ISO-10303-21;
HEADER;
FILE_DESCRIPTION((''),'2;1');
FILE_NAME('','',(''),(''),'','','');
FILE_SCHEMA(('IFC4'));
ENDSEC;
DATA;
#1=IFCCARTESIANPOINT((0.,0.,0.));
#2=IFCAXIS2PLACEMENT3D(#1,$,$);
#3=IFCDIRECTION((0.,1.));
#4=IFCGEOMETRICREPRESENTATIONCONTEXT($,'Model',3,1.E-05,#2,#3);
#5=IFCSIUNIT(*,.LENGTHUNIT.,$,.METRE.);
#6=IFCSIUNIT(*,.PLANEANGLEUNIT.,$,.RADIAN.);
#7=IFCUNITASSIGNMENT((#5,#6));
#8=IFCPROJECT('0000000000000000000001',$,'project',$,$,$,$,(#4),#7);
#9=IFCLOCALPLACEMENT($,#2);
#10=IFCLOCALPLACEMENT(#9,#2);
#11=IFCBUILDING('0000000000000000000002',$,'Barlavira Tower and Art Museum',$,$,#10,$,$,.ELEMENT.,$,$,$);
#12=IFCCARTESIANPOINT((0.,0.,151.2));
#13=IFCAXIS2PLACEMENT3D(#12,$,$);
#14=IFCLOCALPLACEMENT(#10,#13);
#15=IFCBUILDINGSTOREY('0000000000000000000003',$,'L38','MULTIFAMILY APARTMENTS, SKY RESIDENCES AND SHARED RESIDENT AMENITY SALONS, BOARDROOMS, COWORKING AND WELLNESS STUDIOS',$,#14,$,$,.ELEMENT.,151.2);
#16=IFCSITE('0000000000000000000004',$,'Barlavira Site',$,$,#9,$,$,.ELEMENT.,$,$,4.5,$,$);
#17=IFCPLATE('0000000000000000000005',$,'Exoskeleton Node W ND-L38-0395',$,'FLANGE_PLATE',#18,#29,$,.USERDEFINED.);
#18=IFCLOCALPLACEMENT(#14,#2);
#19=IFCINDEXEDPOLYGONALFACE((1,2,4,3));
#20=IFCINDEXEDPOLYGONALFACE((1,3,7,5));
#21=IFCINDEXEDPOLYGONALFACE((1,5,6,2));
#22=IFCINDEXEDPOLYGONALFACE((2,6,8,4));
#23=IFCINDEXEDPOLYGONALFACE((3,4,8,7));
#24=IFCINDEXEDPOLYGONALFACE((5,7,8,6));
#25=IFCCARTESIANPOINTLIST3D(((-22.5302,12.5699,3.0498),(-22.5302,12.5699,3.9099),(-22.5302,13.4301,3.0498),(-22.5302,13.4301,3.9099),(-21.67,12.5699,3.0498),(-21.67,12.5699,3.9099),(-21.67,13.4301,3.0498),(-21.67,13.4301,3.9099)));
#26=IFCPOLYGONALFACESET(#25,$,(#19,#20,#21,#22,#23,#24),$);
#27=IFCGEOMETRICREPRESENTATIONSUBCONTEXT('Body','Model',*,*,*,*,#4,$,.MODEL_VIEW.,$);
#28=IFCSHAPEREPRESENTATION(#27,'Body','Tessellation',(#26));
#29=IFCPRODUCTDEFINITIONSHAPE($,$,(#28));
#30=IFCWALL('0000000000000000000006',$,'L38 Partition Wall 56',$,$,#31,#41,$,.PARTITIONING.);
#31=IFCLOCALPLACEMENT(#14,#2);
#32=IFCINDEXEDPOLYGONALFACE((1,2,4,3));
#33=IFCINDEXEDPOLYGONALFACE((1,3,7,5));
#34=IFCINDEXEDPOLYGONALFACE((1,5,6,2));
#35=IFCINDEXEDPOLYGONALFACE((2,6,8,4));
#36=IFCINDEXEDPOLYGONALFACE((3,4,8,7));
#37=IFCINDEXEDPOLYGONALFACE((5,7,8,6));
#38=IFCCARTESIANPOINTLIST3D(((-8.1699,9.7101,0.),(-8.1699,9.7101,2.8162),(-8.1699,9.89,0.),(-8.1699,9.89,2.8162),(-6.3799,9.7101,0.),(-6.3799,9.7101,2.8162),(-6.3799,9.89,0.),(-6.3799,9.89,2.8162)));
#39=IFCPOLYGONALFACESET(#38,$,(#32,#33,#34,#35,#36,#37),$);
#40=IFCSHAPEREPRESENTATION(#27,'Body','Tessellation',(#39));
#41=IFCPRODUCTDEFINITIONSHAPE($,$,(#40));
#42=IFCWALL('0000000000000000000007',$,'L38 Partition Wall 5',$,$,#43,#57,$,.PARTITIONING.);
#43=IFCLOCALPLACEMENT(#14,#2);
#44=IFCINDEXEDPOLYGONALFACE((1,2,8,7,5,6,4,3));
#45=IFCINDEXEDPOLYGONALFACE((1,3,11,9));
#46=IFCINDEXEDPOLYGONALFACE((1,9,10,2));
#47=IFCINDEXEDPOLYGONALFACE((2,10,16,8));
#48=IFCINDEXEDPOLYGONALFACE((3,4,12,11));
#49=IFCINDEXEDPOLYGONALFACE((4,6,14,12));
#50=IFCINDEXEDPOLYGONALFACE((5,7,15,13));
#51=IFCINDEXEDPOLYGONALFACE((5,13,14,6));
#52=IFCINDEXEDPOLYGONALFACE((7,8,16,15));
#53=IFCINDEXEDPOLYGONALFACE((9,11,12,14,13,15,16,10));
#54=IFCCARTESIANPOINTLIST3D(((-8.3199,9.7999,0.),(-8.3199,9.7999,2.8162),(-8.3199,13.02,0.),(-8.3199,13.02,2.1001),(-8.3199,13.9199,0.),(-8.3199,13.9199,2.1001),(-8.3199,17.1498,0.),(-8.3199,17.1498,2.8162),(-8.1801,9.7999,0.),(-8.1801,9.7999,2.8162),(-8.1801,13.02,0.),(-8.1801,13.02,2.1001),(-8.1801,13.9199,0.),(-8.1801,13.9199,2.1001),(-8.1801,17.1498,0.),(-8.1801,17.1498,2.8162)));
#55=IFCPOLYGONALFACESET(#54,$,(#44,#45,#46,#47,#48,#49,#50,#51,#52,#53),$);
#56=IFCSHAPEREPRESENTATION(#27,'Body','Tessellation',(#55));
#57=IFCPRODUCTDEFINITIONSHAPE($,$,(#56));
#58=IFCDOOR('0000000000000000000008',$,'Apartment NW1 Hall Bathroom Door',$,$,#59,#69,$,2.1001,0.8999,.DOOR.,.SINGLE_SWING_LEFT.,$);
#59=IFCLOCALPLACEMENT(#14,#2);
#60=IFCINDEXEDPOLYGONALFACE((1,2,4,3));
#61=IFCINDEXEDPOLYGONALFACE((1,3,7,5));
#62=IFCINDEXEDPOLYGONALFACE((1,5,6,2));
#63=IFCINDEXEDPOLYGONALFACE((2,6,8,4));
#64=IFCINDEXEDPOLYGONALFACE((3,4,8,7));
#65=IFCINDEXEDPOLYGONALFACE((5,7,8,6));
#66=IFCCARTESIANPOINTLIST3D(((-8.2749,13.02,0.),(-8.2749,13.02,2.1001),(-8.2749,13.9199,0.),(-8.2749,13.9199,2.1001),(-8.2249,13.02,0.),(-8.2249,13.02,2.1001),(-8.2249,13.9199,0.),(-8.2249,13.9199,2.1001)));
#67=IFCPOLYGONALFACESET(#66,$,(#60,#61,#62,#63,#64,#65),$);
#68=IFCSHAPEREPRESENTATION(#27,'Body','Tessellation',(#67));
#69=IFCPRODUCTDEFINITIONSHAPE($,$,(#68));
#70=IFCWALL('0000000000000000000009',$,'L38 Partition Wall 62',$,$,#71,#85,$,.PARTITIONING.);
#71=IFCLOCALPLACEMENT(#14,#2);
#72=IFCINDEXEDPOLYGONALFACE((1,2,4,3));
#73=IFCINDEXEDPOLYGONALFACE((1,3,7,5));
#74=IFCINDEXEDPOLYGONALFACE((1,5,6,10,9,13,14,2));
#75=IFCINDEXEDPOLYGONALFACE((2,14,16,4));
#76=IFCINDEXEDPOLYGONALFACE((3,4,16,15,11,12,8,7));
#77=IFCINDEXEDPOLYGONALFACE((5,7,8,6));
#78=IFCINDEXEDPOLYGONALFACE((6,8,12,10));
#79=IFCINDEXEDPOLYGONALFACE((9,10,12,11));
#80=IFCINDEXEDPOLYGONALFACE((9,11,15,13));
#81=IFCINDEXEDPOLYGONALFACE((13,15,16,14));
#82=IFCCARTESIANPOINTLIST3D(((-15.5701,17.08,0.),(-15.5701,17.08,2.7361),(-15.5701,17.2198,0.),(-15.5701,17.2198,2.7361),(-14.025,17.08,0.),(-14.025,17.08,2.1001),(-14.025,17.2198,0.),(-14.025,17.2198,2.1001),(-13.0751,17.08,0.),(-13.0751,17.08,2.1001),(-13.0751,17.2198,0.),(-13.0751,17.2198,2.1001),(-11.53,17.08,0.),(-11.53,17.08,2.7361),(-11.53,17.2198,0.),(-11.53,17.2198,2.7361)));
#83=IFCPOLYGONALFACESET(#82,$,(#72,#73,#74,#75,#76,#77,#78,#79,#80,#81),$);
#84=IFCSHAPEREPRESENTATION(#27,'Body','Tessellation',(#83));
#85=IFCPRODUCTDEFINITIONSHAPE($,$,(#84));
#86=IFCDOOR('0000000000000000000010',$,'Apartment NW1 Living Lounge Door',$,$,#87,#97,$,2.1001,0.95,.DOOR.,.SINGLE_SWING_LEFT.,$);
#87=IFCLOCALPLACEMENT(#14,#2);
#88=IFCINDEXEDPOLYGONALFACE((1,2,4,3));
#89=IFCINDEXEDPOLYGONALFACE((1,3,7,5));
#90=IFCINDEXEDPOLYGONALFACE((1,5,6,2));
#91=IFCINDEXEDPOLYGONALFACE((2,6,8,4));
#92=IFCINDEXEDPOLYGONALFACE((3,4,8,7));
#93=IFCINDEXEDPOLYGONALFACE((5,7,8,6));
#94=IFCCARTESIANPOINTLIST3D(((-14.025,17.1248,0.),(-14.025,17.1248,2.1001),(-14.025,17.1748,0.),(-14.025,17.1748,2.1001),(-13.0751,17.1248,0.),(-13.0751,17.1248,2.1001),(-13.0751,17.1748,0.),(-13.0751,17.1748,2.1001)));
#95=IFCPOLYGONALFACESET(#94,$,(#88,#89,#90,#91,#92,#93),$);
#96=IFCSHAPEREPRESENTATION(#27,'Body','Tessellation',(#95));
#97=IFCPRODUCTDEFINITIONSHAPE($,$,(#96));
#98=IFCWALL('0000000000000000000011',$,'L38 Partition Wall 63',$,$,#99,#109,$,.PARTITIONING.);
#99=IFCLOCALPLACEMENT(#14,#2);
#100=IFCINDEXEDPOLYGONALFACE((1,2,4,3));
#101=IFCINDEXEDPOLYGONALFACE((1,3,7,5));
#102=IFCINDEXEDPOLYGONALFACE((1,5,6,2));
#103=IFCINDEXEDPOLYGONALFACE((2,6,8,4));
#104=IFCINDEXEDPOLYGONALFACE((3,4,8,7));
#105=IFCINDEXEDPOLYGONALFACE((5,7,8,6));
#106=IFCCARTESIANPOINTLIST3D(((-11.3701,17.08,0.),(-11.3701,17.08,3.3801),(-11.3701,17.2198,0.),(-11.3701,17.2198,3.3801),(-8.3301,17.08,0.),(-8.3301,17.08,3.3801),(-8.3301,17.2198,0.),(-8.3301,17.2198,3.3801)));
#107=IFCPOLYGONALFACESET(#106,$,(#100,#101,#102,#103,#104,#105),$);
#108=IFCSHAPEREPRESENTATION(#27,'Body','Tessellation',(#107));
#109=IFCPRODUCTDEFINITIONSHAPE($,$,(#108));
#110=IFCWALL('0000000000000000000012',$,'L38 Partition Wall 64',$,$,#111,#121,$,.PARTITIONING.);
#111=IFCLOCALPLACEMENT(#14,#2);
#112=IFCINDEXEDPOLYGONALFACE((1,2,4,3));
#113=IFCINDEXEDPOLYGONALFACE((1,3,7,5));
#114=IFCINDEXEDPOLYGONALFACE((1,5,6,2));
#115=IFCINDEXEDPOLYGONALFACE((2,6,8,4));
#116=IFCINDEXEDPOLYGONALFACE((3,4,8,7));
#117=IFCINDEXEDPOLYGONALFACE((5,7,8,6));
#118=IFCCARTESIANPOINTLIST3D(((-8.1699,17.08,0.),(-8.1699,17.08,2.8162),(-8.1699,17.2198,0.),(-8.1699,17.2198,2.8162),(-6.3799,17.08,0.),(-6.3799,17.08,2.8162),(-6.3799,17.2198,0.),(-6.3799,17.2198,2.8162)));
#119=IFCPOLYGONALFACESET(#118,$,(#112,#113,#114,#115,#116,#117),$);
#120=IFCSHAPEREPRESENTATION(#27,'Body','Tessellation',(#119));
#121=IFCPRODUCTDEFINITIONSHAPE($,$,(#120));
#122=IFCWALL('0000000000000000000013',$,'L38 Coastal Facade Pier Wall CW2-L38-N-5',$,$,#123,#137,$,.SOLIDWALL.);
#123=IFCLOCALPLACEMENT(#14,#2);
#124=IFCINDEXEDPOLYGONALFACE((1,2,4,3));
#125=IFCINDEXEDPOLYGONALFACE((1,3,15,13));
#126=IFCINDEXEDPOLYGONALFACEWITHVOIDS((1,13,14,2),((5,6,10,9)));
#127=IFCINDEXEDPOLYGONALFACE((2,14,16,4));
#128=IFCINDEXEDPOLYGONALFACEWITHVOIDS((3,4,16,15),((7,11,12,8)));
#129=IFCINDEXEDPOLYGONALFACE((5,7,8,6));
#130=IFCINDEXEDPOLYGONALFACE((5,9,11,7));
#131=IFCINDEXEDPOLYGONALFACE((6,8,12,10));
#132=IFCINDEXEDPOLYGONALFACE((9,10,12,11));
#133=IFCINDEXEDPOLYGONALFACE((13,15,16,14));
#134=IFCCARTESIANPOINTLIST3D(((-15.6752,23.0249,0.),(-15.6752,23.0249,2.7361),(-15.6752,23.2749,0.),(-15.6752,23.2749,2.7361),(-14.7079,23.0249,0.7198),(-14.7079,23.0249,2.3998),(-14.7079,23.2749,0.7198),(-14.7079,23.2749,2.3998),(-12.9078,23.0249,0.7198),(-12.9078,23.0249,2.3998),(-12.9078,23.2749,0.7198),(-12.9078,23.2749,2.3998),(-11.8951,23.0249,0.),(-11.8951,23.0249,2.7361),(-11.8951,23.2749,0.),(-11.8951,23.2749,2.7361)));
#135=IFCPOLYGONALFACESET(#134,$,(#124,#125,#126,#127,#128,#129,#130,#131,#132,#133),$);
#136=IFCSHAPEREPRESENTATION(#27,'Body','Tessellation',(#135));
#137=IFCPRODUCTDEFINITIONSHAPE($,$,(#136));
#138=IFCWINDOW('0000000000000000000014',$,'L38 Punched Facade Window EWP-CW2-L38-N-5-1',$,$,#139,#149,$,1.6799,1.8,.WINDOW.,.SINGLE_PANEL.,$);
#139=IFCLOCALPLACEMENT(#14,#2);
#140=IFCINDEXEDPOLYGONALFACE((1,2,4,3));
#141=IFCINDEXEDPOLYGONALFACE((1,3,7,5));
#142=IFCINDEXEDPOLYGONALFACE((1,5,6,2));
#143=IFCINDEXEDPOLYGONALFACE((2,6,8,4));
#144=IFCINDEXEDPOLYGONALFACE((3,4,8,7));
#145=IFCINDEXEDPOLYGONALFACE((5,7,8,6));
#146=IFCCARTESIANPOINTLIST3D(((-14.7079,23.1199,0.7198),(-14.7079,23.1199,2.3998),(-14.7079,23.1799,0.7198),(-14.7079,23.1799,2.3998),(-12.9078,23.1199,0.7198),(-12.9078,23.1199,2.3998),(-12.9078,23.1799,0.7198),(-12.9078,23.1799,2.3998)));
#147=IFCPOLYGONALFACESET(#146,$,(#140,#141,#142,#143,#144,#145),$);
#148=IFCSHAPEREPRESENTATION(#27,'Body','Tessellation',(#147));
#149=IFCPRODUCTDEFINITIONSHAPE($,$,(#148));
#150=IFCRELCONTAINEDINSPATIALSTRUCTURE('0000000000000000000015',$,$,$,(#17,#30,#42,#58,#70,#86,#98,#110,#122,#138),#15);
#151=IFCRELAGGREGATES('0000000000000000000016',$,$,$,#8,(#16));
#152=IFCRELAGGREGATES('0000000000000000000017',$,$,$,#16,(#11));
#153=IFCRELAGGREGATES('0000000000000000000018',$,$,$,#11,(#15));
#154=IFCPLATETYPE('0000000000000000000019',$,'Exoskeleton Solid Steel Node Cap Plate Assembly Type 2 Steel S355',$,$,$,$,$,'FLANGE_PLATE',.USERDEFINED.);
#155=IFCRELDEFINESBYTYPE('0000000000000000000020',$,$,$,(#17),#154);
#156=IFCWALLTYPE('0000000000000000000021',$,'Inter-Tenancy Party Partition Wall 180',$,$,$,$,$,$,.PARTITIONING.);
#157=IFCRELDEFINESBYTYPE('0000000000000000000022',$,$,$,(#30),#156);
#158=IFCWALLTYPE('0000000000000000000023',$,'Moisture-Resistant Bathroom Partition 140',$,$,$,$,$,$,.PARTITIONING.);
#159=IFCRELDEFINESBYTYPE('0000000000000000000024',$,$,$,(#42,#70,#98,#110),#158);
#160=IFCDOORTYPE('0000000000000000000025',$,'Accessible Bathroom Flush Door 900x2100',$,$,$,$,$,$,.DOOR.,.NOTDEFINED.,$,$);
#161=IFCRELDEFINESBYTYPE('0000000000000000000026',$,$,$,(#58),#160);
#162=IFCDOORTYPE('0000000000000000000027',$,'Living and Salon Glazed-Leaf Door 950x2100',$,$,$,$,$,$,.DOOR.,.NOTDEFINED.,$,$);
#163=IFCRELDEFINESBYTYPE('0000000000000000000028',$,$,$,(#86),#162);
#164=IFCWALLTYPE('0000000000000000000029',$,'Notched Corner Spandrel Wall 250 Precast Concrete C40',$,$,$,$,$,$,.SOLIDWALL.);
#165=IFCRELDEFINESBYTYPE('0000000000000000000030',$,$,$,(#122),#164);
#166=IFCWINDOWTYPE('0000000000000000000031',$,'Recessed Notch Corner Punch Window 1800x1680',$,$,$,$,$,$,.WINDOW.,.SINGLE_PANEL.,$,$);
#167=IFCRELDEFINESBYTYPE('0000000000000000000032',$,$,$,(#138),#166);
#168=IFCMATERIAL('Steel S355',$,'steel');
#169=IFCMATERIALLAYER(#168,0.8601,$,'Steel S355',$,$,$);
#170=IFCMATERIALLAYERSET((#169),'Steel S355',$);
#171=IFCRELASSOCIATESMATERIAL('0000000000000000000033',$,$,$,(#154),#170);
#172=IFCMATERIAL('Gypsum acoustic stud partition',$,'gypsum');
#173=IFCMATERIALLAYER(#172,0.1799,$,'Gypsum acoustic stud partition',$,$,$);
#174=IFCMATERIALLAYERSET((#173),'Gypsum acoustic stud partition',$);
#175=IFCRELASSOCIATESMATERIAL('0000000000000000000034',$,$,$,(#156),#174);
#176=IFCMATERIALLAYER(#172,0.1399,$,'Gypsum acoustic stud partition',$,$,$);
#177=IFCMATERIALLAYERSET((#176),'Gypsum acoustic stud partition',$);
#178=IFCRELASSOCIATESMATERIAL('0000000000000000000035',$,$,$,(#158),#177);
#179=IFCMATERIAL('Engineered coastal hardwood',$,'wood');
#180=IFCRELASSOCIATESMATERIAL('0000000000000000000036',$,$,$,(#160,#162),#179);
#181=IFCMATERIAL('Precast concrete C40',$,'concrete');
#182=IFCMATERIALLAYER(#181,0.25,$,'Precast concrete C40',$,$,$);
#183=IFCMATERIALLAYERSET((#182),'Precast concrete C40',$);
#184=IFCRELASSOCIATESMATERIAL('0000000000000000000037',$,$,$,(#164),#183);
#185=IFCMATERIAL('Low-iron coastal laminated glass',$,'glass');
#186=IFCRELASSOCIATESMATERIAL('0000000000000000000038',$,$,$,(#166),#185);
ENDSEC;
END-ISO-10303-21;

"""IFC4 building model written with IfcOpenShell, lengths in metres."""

from ifc_helpers import new_model, si_unit, direction, frame, frame_2d, origin, origin_2d, place, context, subcontext, project, spatial, rectangle, extrude, material, layer, layer_set, type_object, element, fill, save


model = new_model("IFC4")

# Units and contexts
model_context = context("Model", 3, precision=1e-05, world=origin(), true_north=direction((0.0, 1.0)))
body_context = subcontext(model_context, "Body", "Model", "MODEL_VIEW")
ifc_project = project(units=[si_unit("LENGTHUNIT", "METRE"), si_unit("PLANEANGLEUNIT", "RADIAN")], contexts=[model_context])

# Site, building, storey
site_placement = place(None, origin())
site = spatial("IfcSite", under=ifc_project, at=site_placement, Name="Barlavira Site", CompositionType="ELEMENT", RefElevation=4.5)
building_placement = place(site_placement, origin())
building = spatial("IfcBuilding", under=site, at=building_placement, Name="Barlavira Tower and Art Museum", CompositionType="ELEMENT")
storey_placement = place(building_placement, frame((0.0, 0.0, 151.2)))
storey = spatial("IfcBuildingStorey", under=building, at=storey_placement, Name="L38", Description="MULTIFAMILY APARTMENTS, SKY RESIDENCES AND SHARED RESIDENT AMENITY SALONS, BOARDROOMS, COWORKING AND WELLNESS STUDIOS", CompositionType="ELEMENT", Elevation=151.2)

# Shared definitions
ifc_material_1 = material(Name="Steel S355", Category="steel")

# Plate
ifc_layer_1 = layer(ifc_material_1, 0.8601, Name="Steel S355")
ifc_layer_set_1 = layer_set([ifc_layer_1], Name="Steel S355")
plate_type = type_object("IfcPlateType", Name="Exoskeleton Solid Steel Node Cap Plate Assembly Type 2 Steel S355", ElementType="FLANGE_PLATE", PredefinedType="USERDEFINED", material=ifc_layer_set_1)
for number, where, z_axis, x_axis, name in (
    (1, (-22.1001, 13.0, 3.0498), (0.0, 0.0, 1.0), (1.0, 0.0, 0.0), "Exoskeleton Node W ND-L38-0395"),
):
    element("IfcPlate", number, at=place(storey_placement, frame(where, z_axis=z_axis, x_axis=x_axis)), inside=storey, type_object=plate_type, Name=name, ObjectType="FLANGE_PLATE", PredefinedType="USERDEFINED", context=body_context, shape_type="SweptSolid", body=[
        extrude(rectangle(XDim=0.8601, YDim=0.8601, at=origin_2d()), origin(), (0.0, 0.0, 1.0), 0.8601),
    ])

# Wall
ifc_material_2 = material(Name="Gypsum acoustic stud partition", Category="gypsum")
ifc_layer_2 = layer(ifc_material_2, 0.1799, Name="Gypsum acoustic stud partition")
ifc_layer_set_2 = layer_set([ifc_layer_2], Name="Gypsum acoustic stud partition")
wall_type_1 = type_object("IfcWallType", Name="Inter-Tenancy Party Partition Wall 180", PredefinedType="PARTITIONING", material=ifc_layer_set_2)
wall_1_placement = place(storey_placement, frame((-8.1699, 9.8, 0.0), z_axis=(0.0, 0.0, 1.0), x_axis=(1.0, 0.0, 0.0)))
element("IfcWall", 2, at=wall_1_placement, inside=storey, type_object=wall_type_1, Name="L38 Partition Wall 56", PredefinedType="PARTITIONING", context=body_context, shape_type="SweptSolid", body=[
    extrude(rectangle(XDim=1.79, YDim=0.1799, at=frame_2d((0.895, 0.0))), origin(), (0.0, 0.0, 1.0), 2.8162),
])

# Walls, openings, doors
ifc_layer_3 = layer(ifc_material_2, 0.1399, Name="Gypsum acoustic stud partition")
ifc_layer_set_3 = layer_set([ifc_layer_3], Name="Gypsum acoustic stud partition")
wall_type_2 = type_object("IfcWallType", Name="Moisture-Resistant Bathroom Partition 140", PredefinedType="PARTITIONING", material=ifc_layer_set_3)
wall_2_placement = place(storey_placement, frame((-8.25, 9.8, 0.0), z_axis=(0.0, 0.0, 1.0), x_axis=(0.0, 1.0, 0.0)))
wall_2 = element("IfcWall", 3, at=wall_2_placement, inside=storey, type_object=wall_type_2, Name="L38 Partition Wall 5", PredefinedType="PARTITIONING", context=body_context, shape_type="SweptSolid", body=[
    extrude(rectangle(XDim=7.3499, YDim=0.1399, at=frame_2d((3.6748, 0.0))), origin(), (0.0, 0.0, 1.0), 2.8162),
])
opening_1_placement = place(wall_2_placement, frame((3.22, 0.0, 0.0)))
opening_1 = element("IfcOpeningElement", 4, at=opening_1_placement, cuts=wall_2, PredefinedType="OPENING", context=body_context, shape_type="SweptSolid", body=[
    extrude(rectangle(XDim=0.8999, YDim=2.1001, at=frame_2d((0.45, 1.05))), frame((0.0, 0.0801, 0.0), z_axis=(0.0, -1.0, 0.0), x_axis=(1.0, 0.0, 0.0)), (0.0, 0.0, 1.0), 0.1599),
])
ifc_material_3 = material(Name="Engineered coastal hardwood", Category="wood")
door_type_1 = type_object("IfcDoorType", Name="Accessible Bathroom Flush Door 900x2100", OperationType="NOTDEFINED", PredefinedType="DOOR", material=ifc_material_3)
door_1_placement = place(opening_1_placement, origin())
door_1 = element("IfcDoor", 5, at=door_1_placement, inside=storey, type_object=door_type_1, Name="Apartment NW1 Hall Bathroom Door", OperationType="SINGLE_SWING_LEFT", OverallHeight=2.1001, OverallWidth=0.8999, PredefinedType="DOOR", context=body_context, shape_type="SweptSolid", body=[
    extrude(rectangle(XDim=0.8999, YDim=2.1001, at=frame_2d((0.45, 1.05))), frame((0.0, 0.0249, 0.0), z_axis=(0.0, -1.0, 0.0), x_axis=(1.0, 0.0, 0.0)), (0.0, 0.0, 1.0), 0.05),
])
fill(opening_1, door_1)
wall_3_placement = place(storey_placement, frame((-15.5701, 17.1499, 0.0), z_axis=(0.0, 0.0, 1.0), x_axis=(1.0, 0.0, 0.0)))
wall_3 = element("IfcWall", 6, at=wall_3_placement, inside=storey, type_object=wall_type_2, Name="L38 Partition Wall 62", PredefinedType="PARTITIONING", context=body_context, shape_type="SweptSolid", body=[
    extrude(rectangle(XDim=4.04, YDim=0.1399, at=frame_2d((2.02, 0.0))), origin(), (0.0, 0.0, 1.0), 2.7361),
])
opening_2_placement = place(wall_3_placement, frame((1.5449, 0.0, 0.0)))
opening_2 = element("IfcOpeningElement", 7, at=opening_2_placement, cuts=wall_3, PredefinedType="OPENING", context=body_context, shape_type="SweptSolid", body=[
    extrude(rectangle(XDim=0.95, YDim=2.1001, at=frame_2d((0.4751, 1.05))), frame((0.0, 0.0801, 0.0), z_axis=(0.0, -1.0, 0.0), x_axis=(1.0, 0.0, 0.0)), (0.0, 0.0, 1.0), 0.1599),
])
door_type_2 = type_object("IfcDoorType", Name="Living and Salon Glazed-Leaf Door 950x2100", OperationType="NOTDEFINED", PredefinedType="DOOR", material=ifc_material_3)
door_2_placement = place(opening_2_placement, origin())
door_2 = element("IfcDoor", 8, at=door_2_placement, inside=storey, type_object=door_type_2, Name="Apartment NW1 Living Lounge Door", OperationType="SINGLE_SWING_LEFT", OverallHeight=2.1001, OverallWidth=0.95, PredefinedType="DOOR", context=body_context, shape_type="SweptSolid", body=[
    extrude(rectangle(XDim=0.95, YDim=2.1001, at=frame_2d((0.4751, 1.05))), frame((0.0, 0.0249, 0.0), z_axis=(0.0, -1.0, 0.0), x_axis=(1.0, 0.0, 0.0)), (0.0, 0.0, 1.0), 0.05),
])
fill(opening_2, door_2)

# Walls
wall_4_placement = place(storey_placement, frame((-11.3701, 17.1499, 0.0), z_axis=(0.0, 0.0, 1.0), x_axis=(1.0, 0.0, 0.0)))
element("IfcWall", 9, at=wall_4_placement, inside=storey, type_object=wall_type_2, Name="L38 Partition Wall 63", PredefinedType="PARTITIONING", context=body_context, shape_type="SweptSolid", body=[
    extrude(rectangle(XDim=3.04, YDim=0.1399, at=frame_2d((1.52, 0.0))), origin(), (0.0, 0.0, 1.0), 3.3801),
])
wall_5_placement = place(storey_placement, frame((-8.1699, 17.1499, 0.0), z_axis=(0.0, 0.0, 1.0), x_axis=(1.0, 0.0, 0.0)))
element("IfcWall", 10, at=wall_5_placement, inside=storey, type_object=wall_type_2, Name="L38 Partition Wall 64", PredefinedType="PARTITIONING", context=body_context, shape_type="SweptSolid", body=[
    extrude(rectangle(XDim=1.79, YDim=0.1399, at=frame_2d((0.895, 0.0))), origin(), (0.0, 0.0, 1.0), 2.8162),
])

# Wall, opening, window
ifc_material_4 = material(Name="Precast concrete C40", Category="concrete")
ifc_layer_4 = layer(ifc_material_4, 0.25, Name="Precast concrete C40")
ifc_layer_set_4 = layer_set([ifc_layer_4], Name="Precast concrete C40")
wall_type_3 = type_object("IfcWallType", Name="Notched Corner Spandrel Wall 250 Precast Concrete C40", PredefinedType="SOLIDWALL", material=ifc_layer_set_4)
wall_6_placement = place(storey_placement, frame((-11.895, 23.1499, 0.0), z_axis=(0.0, 0.0, 1.0), x_axis=(-1.0, 0.0, 0.0)))
wall_6 = element("IfcWall", 11, at=wall_6_placement, inside=storey, type_object=wall_type_3, Name="L38 Coastal Facade Pier Wall CW2-L38-N-5", PredefinedType="SOLIDWALL", context=body_context, shape_type="SweptSolid", body=[
    extrude(rectangle(XDim=3.78, YDim=0.25, at=frame_2d((1.8901, 0.0))), origin(), (0.0, 0.0, 1.0), 2.7361),
])
opening_3_placement = place(wall_6_placement, frame((1.0129, 0.0, 0.72)))
opening_3 = element("IfcOpeningElement", 12, at=opening_3_placement, cuts=wall_6, PredefinedType="OPENING", context=body_context, shape_type="SweptSolid", body=[
    extrude(rectangle(XDim=1.8, YDim=1.6799, at=frame_2d((0.8999, 0.8398))), frame((0.0, 0.135, 0.0), z_axis=(0.0, -1.0, 0.0), x_axis=(1.0, 0.0, 0.0)), (0.0, 0.0, 1.0), 0.27),
])
ifc_material_5 = material(Name="Low-iron coastal laminated glass", Category="glass")
window_type = type_object("IfcWindowType", Name="Recessed Notch Corner Punch Window 1800x1680", PartitioningType="SINGLE_PANEL", PredefinedType="WINDOW", material=ifc_material_5)
window_1_placement = place(opening_3_placement, origin())
window_1 = element("IfcWindow", 13, at=window_1_placement, inside=storey, type_object=window_type, Name="L38 Punched Facade Window EWP-CW2-L38-N-5-1", OverallHeight=1.6799, OverallWidth=1.8, PartitioningType="SINGLE_PANEL", PredefinedType="WINDOW", context=body_context, shape_type="SweptSolid", body=[
    extrude(rectangle(XDim=1.8, YDim=1.6799, at=frame_2d((0.8999, 0.8398))), frame((0.0, 0.03, 0.0), z_axis=(0.0, -1.0, 0.0), x_axis=(1.0, 0.0, 0.0)), (0.0, 0.0, 1.0), 0.0601),
])
fill(opening_3, window_1)

save(model, "model.ifc")
